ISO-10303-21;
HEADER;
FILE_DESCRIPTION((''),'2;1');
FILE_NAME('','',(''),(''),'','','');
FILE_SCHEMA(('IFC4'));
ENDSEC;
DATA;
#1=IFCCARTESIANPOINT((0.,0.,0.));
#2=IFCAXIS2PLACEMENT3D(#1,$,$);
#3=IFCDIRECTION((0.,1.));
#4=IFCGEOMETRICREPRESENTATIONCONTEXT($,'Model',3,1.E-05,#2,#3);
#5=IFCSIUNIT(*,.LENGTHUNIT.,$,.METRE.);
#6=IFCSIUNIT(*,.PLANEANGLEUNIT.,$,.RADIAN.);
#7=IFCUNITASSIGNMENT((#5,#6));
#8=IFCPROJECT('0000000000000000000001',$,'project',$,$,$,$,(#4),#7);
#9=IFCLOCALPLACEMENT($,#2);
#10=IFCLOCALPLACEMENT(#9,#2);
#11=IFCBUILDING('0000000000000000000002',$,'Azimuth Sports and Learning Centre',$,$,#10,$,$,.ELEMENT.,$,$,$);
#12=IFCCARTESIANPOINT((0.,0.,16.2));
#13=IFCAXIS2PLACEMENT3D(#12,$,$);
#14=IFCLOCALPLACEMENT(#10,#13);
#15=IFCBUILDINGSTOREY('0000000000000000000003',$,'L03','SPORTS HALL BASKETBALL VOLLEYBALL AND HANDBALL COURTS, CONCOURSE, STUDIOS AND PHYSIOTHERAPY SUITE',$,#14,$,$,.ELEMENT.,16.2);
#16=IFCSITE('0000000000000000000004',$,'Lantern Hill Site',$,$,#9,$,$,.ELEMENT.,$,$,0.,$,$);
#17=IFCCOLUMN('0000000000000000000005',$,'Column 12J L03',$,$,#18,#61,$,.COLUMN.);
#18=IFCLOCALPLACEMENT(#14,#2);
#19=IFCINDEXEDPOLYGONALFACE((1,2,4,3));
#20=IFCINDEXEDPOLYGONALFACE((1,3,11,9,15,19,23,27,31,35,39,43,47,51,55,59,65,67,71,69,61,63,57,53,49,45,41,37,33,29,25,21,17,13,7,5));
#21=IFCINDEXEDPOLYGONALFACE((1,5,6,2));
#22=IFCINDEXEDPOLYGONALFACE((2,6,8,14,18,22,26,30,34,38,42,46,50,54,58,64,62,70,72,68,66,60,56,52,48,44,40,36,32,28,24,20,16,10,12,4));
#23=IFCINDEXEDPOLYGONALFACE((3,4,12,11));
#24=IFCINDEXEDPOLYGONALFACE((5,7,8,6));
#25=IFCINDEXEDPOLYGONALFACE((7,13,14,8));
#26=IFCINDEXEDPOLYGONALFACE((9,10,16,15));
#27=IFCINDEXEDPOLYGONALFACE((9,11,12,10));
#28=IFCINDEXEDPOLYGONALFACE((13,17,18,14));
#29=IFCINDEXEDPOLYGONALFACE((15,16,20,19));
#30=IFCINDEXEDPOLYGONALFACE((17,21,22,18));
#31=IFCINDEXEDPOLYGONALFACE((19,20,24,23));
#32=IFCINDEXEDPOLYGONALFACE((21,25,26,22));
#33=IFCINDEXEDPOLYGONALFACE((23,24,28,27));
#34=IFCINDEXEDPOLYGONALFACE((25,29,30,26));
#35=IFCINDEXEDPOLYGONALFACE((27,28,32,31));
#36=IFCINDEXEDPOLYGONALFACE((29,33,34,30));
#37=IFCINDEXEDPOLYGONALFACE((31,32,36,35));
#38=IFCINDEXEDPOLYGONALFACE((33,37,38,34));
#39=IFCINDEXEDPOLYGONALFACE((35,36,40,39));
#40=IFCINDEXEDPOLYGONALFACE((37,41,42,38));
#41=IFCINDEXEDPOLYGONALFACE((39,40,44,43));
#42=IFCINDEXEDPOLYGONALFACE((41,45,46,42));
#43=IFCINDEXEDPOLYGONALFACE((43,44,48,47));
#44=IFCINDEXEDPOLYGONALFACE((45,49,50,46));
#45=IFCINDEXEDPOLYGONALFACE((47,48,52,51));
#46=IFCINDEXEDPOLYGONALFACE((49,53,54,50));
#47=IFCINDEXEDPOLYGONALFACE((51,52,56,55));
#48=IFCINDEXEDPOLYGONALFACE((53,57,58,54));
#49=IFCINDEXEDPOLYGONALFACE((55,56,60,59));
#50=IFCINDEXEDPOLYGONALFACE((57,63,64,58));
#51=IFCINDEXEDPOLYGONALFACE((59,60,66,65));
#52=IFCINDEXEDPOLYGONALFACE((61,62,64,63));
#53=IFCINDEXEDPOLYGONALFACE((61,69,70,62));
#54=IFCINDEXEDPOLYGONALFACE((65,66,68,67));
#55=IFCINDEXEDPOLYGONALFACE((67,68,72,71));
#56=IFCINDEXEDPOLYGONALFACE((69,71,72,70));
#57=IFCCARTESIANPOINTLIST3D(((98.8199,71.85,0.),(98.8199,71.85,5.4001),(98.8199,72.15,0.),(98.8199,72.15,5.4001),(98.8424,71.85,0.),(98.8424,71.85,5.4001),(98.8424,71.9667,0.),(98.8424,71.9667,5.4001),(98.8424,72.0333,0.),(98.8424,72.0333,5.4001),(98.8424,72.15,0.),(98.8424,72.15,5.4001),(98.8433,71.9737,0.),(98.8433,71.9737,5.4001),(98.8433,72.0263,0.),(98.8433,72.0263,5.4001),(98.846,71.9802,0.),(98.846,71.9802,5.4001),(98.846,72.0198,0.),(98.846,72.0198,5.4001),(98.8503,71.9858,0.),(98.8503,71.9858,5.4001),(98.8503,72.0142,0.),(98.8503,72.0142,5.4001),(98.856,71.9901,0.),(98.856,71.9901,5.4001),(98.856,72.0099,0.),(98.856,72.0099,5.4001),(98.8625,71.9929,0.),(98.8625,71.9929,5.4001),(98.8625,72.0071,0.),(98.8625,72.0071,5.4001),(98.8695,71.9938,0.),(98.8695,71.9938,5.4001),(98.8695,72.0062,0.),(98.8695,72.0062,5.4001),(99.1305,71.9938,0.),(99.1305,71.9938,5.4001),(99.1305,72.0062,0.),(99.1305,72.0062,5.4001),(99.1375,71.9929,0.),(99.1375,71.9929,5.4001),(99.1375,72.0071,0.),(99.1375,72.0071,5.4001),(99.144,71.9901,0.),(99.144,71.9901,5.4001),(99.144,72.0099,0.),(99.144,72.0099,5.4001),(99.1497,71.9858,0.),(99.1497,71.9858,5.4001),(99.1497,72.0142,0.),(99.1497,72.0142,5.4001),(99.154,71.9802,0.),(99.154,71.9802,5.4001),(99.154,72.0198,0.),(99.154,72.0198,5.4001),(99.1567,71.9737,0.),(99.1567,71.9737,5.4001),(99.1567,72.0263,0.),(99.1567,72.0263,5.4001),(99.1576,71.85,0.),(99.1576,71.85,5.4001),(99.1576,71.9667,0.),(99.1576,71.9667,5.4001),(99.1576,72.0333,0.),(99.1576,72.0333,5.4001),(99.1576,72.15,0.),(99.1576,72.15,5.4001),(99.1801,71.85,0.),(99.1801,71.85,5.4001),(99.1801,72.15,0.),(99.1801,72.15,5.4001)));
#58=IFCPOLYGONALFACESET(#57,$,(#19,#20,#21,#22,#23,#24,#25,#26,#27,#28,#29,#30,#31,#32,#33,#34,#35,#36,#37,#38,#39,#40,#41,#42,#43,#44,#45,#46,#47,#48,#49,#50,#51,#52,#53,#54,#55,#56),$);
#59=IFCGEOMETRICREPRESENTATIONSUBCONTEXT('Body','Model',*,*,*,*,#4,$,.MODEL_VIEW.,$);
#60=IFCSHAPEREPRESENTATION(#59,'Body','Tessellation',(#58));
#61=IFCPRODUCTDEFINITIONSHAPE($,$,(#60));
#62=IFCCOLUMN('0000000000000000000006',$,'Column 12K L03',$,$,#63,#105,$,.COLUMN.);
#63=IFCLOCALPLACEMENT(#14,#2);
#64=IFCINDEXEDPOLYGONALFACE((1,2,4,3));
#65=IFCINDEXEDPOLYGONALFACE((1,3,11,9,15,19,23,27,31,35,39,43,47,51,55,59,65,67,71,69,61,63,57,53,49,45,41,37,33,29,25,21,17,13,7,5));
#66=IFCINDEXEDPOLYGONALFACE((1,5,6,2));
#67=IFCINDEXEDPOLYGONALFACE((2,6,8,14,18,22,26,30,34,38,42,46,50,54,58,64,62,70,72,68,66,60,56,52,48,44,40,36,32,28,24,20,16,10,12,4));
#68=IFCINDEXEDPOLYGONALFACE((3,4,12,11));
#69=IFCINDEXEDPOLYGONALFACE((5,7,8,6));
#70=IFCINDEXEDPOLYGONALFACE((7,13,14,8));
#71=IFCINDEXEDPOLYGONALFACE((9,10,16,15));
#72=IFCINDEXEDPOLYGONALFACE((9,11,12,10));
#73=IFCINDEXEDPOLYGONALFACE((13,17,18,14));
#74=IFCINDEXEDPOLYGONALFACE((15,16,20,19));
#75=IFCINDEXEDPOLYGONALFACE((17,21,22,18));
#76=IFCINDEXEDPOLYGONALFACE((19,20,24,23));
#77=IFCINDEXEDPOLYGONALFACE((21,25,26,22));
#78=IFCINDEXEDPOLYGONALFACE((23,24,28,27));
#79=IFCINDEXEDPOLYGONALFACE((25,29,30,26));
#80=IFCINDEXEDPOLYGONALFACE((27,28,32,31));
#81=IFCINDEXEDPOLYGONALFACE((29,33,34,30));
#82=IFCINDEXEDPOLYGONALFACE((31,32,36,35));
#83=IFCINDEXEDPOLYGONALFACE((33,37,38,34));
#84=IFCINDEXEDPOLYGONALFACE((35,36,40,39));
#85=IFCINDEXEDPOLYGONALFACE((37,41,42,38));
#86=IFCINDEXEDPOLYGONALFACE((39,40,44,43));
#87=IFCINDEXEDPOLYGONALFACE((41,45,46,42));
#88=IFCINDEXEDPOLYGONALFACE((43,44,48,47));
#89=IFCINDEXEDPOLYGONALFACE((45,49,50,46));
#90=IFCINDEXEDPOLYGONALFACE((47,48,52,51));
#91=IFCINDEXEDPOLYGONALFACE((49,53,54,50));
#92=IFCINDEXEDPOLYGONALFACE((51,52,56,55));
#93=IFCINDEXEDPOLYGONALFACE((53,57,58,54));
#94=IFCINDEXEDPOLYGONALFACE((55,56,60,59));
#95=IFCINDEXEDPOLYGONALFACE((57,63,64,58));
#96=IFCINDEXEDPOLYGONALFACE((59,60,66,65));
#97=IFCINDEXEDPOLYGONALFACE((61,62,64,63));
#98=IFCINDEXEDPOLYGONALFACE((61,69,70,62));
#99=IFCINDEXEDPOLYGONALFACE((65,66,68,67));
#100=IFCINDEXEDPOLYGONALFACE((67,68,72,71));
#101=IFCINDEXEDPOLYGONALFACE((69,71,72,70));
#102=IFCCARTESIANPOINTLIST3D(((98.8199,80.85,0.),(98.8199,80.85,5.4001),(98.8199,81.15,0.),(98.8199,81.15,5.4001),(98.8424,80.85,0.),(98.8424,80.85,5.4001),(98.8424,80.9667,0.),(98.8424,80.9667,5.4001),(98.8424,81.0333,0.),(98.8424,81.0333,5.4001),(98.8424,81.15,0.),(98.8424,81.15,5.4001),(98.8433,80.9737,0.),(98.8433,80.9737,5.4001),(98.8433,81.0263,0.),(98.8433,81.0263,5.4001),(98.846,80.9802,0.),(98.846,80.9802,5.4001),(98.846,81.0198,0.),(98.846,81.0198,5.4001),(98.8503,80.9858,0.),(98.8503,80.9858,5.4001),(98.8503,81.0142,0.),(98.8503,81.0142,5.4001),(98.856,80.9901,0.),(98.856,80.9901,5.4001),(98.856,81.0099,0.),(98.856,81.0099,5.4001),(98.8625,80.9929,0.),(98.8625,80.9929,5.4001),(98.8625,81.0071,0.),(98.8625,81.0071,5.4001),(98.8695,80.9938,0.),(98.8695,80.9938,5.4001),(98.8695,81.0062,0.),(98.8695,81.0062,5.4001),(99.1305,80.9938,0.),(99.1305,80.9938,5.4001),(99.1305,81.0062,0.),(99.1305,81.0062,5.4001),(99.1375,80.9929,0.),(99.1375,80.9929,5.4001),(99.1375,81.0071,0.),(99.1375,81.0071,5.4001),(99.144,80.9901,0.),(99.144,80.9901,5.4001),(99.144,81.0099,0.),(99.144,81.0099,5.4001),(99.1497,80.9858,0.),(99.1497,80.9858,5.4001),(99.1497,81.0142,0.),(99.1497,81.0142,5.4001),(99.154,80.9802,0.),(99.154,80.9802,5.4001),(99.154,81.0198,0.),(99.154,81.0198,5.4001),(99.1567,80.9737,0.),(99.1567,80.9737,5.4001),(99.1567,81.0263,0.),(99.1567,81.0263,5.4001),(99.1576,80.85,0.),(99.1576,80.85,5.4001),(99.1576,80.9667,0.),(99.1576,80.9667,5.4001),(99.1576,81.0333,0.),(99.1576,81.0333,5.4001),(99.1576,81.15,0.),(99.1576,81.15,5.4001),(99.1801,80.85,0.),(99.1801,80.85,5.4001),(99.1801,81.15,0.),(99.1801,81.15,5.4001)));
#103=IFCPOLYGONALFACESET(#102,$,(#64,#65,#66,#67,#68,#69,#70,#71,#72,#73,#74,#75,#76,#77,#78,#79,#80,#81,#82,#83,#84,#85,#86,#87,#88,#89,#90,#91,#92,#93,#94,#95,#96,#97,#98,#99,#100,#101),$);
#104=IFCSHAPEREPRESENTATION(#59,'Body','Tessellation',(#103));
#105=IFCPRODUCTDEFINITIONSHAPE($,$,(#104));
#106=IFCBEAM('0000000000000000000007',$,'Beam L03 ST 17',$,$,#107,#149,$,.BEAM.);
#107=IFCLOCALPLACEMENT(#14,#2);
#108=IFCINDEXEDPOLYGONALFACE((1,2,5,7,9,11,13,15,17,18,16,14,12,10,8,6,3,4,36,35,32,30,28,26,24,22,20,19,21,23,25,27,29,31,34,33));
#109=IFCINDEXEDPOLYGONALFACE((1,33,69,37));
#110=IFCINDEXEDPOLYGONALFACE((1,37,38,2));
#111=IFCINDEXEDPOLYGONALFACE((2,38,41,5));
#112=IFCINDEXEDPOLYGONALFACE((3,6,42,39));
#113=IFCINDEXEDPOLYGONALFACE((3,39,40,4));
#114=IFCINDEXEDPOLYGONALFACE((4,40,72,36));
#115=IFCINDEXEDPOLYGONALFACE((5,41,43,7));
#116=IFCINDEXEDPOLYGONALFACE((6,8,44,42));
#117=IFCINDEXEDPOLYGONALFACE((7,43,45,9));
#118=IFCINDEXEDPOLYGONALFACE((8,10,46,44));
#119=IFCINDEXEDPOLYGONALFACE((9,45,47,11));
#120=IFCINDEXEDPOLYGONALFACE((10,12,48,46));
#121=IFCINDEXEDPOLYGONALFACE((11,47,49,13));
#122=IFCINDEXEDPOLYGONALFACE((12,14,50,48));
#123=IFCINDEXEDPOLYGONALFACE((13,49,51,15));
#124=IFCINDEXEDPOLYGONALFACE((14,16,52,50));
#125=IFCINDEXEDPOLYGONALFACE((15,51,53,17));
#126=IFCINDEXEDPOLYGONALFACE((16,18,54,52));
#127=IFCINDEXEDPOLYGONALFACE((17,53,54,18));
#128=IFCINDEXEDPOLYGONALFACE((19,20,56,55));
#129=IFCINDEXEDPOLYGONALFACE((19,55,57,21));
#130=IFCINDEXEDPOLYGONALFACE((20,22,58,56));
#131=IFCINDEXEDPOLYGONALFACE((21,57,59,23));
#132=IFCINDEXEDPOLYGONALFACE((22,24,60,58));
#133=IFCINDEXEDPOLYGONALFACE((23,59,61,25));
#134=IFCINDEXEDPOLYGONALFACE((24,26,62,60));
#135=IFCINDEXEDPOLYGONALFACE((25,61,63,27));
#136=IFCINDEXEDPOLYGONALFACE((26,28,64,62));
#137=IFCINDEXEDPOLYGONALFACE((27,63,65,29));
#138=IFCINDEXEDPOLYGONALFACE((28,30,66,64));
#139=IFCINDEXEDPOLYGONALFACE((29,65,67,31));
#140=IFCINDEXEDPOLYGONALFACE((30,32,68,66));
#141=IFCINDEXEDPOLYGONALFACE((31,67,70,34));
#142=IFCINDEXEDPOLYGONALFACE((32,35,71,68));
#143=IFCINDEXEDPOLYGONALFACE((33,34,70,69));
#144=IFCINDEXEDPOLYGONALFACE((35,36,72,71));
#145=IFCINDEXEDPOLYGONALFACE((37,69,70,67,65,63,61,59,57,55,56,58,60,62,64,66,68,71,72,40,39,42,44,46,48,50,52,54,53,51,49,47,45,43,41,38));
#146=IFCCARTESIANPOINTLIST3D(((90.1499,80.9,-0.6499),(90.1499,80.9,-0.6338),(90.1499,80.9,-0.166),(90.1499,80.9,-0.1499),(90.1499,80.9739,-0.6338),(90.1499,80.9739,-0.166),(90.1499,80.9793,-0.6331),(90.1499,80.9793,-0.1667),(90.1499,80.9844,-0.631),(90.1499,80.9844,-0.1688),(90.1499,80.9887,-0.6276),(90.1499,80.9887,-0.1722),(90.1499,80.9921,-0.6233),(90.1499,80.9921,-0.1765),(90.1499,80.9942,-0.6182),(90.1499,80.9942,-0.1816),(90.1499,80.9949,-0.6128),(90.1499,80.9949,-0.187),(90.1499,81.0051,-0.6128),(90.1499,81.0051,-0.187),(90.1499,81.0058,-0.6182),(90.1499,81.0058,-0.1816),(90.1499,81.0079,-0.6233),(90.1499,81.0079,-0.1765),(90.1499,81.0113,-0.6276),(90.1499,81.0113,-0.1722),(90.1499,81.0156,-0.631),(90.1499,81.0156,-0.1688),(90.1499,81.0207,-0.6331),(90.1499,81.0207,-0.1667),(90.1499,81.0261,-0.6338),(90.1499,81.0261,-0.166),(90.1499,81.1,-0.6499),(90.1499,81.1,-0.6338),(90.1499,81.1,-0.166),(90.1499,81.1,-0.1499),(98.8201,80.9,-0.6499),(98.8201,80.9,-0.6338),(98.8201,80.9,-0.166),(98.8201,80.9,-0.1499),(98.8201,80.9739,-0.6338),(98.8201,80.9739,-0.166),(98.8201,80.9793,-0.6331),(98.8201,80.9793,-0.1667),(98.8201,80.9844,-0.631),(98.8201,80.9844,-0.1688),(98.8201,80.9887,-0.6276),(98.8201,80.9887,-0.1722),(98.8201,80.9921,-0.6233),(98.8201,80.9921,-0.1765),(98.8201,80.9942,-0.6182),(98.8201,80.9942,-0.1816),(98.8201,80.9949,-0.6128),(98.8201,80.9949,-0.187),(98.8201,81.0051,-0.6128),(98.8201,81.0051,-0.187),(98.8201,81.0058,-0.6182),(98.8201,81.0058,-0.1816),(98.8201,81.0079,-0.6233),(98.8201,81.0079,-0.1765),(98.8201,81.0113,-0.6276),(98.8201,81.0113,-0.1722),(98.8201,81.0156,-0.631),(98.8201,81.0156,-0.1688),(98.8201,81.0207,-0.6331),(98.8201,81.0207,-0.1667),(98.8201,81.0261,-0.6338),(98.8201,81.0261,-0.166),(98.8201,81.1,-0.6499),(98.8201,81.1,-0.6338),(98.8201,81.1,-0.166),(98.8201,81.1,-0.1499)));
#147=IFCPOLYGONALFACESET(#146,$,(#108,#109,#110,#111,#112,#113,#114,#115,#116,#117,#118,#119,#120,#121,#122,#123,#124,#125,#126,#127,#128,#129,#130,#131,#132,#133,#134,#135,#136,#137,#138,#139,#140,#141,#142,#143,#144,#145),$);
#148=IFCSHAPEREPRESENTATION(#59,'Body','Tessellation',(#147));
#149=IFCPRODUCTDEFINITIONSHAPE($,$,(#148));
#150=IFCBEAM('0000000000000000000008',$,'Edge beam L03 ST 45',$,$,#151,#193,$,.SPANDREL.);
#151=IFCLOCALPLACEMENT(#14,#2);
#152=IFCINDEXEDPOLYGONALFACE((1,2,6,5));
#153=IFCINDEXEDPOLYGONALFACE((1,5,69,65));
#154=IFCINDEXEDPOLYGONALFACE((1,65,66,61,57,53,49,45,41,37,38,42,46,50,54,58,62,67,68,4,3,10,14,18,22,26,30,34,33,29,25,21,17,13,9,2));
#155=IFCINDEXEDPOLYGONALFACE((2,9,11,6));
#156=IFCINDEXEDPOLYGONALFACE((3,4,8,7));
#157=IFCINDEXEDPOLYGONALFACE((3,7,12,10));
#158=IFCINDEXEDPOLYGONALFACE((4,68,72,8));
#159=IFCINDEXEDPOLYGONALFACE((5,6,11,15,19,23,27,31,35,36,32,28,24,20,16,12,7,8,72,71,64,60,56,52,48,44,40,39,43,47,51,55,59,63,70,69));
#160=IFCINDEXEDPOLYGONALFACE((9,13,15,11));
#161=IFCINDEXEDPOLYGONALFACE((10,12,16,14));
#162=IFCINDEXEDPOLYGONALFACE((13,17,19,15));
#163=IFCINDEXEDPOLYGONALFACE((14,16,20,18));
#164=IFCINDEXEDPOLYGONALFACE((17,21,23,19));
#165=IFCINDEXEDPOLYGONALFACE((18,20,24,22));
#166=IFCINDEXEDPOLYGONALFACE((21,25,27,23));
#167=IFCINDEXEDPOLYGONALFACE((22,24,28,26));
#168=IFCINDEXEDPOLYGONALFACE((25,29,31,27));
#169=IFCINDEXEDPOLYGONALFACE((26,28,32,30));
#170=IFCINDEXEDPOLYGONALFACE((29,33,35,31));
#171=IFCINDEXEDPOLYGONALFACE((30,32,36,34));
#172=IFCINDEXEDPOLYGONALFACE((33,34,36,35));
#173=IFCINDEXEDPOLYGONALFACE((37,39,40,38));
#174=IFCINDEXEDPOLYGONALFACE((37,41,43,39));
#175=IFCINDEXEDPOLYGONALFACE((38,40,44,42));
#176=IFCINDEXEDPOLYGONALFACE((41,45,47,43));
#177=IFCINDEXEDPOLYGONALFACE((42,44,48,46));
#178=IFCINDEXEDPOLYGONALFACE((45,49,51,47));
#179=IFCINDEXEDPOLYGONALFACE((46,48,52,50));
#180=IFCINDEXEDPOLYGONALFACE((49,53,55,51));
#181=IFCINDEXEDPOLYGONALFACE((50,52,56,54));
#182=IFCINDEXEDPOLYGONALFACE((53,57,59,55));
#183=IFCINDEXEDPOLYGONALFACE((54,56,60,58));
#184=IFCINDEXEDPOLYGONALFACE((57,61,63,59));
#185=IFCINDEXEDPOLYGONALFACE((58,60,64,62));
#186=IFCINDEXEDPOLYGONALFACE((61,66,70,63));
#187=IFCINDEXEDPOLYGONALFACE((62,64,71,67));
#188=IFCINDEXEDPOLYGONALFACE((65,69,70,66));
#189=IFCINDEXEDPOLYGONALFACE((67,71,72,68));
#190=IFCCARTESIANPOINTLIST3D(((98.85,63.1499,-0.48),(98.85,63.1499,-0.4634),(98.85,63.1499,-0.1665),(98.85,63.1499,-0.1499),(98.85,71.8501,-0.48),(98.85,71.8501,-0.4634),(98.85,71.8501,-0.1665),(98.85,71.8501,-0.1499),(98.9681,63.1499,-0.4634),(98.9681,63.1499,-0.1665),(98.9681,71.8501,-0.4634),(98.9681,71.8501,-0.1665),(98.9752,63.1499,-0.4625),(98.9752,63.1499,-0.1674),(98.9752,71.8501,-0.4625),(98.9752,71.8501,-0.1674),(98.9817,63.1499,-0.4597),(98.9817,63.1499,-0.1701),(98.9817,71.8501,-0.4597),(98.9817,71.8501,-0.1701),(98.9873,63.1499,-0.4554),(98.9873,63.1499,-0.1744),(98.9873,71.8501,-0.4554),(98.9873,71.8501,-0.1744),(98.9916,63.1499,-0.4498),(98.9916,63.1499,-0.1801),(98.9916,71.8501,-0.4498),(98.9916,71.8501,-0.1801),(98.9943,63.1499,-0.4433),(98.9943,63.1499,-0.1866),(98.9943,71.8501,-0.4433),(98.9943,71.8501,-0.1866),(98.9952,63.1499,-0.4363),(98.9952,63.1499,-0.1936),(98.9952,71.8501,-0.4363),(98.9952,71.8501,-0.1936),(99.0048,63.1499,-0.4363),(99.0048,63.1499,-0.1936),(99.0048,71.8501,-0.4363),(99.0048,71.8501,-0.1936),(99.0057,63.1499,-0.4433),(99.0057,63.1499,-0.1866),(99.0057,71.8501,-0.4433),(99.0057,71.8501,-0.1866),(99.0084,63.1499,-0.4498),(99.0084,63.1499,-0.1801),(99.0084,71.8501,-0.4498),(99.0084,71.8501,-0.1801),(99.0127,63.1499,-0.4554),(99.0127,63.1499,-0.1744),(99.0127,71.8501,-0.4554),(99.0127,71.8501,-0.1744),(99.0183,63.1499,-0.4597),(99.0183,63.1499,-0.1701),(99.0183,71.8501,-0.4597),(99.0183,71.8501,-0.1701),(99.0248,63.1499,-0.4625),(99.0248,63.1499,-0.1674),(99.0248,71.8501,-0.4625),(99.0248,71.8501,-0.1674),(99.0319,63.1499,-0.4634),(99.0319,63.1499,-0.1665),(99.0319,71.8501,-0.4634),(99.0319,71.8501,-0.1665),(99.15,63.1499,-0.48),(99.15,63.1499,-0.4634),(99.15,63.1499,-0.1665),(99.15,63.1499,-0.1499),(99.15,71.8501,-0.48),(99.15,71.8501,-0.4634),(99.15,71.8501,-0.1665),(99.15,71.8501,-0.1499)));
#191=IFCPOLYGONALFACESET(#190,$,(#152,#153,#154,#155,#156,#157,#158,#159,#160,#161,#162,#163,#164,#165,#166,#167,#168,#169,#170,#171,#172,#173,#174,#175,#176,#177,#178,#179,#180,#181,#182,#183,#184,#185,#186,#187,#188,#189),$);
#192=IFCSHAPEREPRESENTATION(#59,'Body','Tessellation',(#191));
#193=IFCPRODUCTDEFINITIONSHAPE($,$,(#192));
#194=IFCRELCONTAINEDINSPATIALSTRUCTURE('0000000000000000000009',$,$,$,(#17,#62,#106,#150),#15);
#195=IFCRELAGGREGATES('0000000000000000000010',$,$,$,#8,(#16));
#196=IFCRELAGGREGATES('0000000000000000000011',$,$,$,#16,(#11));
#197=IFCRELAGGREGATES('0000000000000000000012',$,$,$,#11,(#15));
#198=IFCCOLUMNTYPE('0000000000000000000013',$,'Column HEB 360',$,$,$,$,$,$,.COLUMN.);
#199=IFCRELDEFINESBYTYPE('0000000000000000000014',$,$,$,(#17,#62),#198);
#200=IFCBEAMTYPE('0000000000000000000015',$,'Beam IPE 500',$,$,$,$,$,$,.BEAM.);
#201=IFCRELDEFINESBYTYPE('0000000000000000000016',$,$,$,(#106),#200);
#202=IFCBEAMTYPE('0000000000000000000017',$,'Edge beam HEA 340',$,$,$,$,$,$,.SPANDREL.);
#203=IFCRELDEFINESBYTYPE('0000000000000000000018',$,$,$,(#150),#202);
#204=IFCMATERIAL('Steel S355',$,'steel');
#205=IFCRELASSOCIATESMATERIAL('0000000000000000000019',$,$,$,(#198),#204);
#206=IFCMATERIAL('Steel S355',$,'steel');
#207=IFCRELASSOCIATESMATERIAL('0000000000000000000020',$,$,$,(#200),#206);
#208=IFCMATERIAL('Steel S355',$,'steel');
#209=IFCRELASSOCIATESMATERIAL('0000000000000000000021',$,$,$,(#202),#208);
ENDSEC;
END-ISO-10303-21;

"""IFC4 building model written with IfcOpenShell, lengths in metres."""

from ifc_helpers import new_model, si_unit, direction, frame, origin, origin_2d, place, context, subcontext, project, spatial, i_section, extrude, material, material_profile, profile_set, type_object, element, save


model = new_model("IFC4")

# Units and contexts
model_context = context("Model", 3, precision=1e-05, world=origin(), true_north=direction((0.0, 1.0)))
body_context = subcontext(model_context, "Body", "Model", "MODEL_VIEW")
ifc_project = project(units=[si_unit("LENGTHUNIT", "METRE"), si_unit("PLANEANGLEUNIT", "RADIAN")], contexts=[model_context])

# Site, building, storey
site_placement = place(None, origin())
site = spatial("IfcSite", under=ifc_project, at=site_placement, Name="Lantern Hill Site", CompositionType="ELEMENT", RefElevation=0.0)
building_placement = place(site_placement, origin())
building = spatial("IfcBuilding", under=site, at=building_placement, Name="Azimuth Sports and Learning Centre", CompositionType="ELEMENT")
storey_placement = place(building_placement, frame((0.0, 0.0, 16.2)))
storey = spatial("IfcBuildingStorey", under=building, at=storey_placement, Name="L03", Description="SPORTS HALL BASKETBALL VOLLEYBALL AND HANDBALL COURTS, CONCOURSE, STUDIOS AND PHYSIOTHERAPY SUITE", CompositionType="ELEMENT", Elevation=16.2)

# Columns
ifc_material_1 = material(Name="Steel S355", Category="steel")
ifc_material_profile_1 = material_profile(ifc_material_1, i_section(OverallWidth=0.3, OverallDepth=0.3601, WebThickness=0.0125, FlangeThickness=0.0225, FilletRadius=0.0271, at=origin_2d()), Name="HEB 360")
ifc_profile_set_1 = profile_set([ifc_material_profile_1], Name="Steel S355")
column_type = type_object("IfcColumnType", Name="Column HEB 360", PredefinedType="COLUMN", material=ifc_profile_set_1)
for number, where, z_axis, x_axis, name in (
    (1, (99.0, 72.0, 0.0), (0.0, 0.0, 1.0), (0.0, 1.0, 0.0), "Column 12J L03"),
    (2, (99.0, 81.0, 0.0), (0.0, 0.0, 1.0), (0.0, 1.0, 0.0), "Column 12K L03"),
):
    element("IfcColumn", number, at=place(storey_placement, frame(where, z_axis=z_axis, x_axis=x_axis)), inside=storey, type_object=column_type, Name=name, PredefinedType="COLUMN", context=body_context, shape_type="SweptSolid", body=[
        extrude(i_section(OverallWidth=0.3, OverallDepth=0.3601, WebThickness=0.0125, FlangeThickness=0.0225, FilletRadius=0.0271, at=origin_2d()), origin(), (0.0, 0.0, 1.0), 5.4001),
    ])

# Beams
ifc_material_2 = material(Name="Steel S355", Category="steel")
ifc_material_profile_2 = material_profile(ifc_material_2, i_section(OverallWidth=0.2, OverallDepth=0.5, WebThickness=0.0103, FlangeThickness=0.0161, FilletRadius=0.021, at=origin_2d()), Name="IPE 500")
ifc_profile_set_2 = profile_set([ifc_material_profile_2], Name="Steel S355")
beam_type_1 = type_object("IfcBeamType", Name="Beam IPE 500", PredefinedType="BEAM", material=ifc_profile_set_2)
beam_1_placement = place(storey_placement, frame((90.1499, 81.0, -0.3999), z_axis=(1.0, 0.0, 0.0), x_axis=(0.0, 1.0, 0.0)))
element("IfcBeam", 3, at=beam_1_placement, inside=storey, type_object=beam_type_1, Name="Beam L03 ST 17", PredefinedType="BEAM", context=body_context, shape_type="SweptSolid", body=[
    extrude(i_section(OverallWidth=0.2, OverallDepth=0.5, WebThickness=0.0103, FlangeThickness=0.0161, FilletRadius=0.021, at=origin_2d()), origin(), (0.0, 0.0, 1.0), 8.6702),
])
ifc_material_3 = material(Name="Steel S355", Category="steel")
ifc_material_profile_3 = material_profile(ifc_material_3, i_section(OverallWidth=0.3, OverallDepth=0.3301, WebThickness=0.0095, FlangeThickness=0.0166, FilletRadius=0.0271, at=origin_2d()), Name="HEA 340")
ifc_profile_set_3 = profile_set([ifc_material_profile_3], Name="Steel S355")
beam_type_2 = type_object("IfcBeamType", Name="Edge beam HEA 340", PredefinedType="SPANDREL", material=ifc_profile_set_3)
for number, where, z_axis, x_axis, name in (
    (4, (99.0, 63.1499, -0.3149), (0.0, 1.0, 0.0), (-1.0, 0.0, 0.0), "Edge beam L03 ST 45"),
):
    element("IfcBeam", number, at=place(storey_placement, frame(where, z_axis=z_axis, x_axis=x_axis)), inside=storey, type_object=beam_type_2, Name=name, PredefinedType="SPANDREL", context=body_context, shape_type="SweptSolid", body=[
        extrude(i_section(OverallWidth=0.3, OverallDepth=0.3301, WebThickness=0.0095, FlangeThickness=0.0166, FilletRadius=0.0271, at=origin_2d()), origin(), (0.0, 0.0, 1.0), 8.7002),
    ])

save(model, "model.ifc")
